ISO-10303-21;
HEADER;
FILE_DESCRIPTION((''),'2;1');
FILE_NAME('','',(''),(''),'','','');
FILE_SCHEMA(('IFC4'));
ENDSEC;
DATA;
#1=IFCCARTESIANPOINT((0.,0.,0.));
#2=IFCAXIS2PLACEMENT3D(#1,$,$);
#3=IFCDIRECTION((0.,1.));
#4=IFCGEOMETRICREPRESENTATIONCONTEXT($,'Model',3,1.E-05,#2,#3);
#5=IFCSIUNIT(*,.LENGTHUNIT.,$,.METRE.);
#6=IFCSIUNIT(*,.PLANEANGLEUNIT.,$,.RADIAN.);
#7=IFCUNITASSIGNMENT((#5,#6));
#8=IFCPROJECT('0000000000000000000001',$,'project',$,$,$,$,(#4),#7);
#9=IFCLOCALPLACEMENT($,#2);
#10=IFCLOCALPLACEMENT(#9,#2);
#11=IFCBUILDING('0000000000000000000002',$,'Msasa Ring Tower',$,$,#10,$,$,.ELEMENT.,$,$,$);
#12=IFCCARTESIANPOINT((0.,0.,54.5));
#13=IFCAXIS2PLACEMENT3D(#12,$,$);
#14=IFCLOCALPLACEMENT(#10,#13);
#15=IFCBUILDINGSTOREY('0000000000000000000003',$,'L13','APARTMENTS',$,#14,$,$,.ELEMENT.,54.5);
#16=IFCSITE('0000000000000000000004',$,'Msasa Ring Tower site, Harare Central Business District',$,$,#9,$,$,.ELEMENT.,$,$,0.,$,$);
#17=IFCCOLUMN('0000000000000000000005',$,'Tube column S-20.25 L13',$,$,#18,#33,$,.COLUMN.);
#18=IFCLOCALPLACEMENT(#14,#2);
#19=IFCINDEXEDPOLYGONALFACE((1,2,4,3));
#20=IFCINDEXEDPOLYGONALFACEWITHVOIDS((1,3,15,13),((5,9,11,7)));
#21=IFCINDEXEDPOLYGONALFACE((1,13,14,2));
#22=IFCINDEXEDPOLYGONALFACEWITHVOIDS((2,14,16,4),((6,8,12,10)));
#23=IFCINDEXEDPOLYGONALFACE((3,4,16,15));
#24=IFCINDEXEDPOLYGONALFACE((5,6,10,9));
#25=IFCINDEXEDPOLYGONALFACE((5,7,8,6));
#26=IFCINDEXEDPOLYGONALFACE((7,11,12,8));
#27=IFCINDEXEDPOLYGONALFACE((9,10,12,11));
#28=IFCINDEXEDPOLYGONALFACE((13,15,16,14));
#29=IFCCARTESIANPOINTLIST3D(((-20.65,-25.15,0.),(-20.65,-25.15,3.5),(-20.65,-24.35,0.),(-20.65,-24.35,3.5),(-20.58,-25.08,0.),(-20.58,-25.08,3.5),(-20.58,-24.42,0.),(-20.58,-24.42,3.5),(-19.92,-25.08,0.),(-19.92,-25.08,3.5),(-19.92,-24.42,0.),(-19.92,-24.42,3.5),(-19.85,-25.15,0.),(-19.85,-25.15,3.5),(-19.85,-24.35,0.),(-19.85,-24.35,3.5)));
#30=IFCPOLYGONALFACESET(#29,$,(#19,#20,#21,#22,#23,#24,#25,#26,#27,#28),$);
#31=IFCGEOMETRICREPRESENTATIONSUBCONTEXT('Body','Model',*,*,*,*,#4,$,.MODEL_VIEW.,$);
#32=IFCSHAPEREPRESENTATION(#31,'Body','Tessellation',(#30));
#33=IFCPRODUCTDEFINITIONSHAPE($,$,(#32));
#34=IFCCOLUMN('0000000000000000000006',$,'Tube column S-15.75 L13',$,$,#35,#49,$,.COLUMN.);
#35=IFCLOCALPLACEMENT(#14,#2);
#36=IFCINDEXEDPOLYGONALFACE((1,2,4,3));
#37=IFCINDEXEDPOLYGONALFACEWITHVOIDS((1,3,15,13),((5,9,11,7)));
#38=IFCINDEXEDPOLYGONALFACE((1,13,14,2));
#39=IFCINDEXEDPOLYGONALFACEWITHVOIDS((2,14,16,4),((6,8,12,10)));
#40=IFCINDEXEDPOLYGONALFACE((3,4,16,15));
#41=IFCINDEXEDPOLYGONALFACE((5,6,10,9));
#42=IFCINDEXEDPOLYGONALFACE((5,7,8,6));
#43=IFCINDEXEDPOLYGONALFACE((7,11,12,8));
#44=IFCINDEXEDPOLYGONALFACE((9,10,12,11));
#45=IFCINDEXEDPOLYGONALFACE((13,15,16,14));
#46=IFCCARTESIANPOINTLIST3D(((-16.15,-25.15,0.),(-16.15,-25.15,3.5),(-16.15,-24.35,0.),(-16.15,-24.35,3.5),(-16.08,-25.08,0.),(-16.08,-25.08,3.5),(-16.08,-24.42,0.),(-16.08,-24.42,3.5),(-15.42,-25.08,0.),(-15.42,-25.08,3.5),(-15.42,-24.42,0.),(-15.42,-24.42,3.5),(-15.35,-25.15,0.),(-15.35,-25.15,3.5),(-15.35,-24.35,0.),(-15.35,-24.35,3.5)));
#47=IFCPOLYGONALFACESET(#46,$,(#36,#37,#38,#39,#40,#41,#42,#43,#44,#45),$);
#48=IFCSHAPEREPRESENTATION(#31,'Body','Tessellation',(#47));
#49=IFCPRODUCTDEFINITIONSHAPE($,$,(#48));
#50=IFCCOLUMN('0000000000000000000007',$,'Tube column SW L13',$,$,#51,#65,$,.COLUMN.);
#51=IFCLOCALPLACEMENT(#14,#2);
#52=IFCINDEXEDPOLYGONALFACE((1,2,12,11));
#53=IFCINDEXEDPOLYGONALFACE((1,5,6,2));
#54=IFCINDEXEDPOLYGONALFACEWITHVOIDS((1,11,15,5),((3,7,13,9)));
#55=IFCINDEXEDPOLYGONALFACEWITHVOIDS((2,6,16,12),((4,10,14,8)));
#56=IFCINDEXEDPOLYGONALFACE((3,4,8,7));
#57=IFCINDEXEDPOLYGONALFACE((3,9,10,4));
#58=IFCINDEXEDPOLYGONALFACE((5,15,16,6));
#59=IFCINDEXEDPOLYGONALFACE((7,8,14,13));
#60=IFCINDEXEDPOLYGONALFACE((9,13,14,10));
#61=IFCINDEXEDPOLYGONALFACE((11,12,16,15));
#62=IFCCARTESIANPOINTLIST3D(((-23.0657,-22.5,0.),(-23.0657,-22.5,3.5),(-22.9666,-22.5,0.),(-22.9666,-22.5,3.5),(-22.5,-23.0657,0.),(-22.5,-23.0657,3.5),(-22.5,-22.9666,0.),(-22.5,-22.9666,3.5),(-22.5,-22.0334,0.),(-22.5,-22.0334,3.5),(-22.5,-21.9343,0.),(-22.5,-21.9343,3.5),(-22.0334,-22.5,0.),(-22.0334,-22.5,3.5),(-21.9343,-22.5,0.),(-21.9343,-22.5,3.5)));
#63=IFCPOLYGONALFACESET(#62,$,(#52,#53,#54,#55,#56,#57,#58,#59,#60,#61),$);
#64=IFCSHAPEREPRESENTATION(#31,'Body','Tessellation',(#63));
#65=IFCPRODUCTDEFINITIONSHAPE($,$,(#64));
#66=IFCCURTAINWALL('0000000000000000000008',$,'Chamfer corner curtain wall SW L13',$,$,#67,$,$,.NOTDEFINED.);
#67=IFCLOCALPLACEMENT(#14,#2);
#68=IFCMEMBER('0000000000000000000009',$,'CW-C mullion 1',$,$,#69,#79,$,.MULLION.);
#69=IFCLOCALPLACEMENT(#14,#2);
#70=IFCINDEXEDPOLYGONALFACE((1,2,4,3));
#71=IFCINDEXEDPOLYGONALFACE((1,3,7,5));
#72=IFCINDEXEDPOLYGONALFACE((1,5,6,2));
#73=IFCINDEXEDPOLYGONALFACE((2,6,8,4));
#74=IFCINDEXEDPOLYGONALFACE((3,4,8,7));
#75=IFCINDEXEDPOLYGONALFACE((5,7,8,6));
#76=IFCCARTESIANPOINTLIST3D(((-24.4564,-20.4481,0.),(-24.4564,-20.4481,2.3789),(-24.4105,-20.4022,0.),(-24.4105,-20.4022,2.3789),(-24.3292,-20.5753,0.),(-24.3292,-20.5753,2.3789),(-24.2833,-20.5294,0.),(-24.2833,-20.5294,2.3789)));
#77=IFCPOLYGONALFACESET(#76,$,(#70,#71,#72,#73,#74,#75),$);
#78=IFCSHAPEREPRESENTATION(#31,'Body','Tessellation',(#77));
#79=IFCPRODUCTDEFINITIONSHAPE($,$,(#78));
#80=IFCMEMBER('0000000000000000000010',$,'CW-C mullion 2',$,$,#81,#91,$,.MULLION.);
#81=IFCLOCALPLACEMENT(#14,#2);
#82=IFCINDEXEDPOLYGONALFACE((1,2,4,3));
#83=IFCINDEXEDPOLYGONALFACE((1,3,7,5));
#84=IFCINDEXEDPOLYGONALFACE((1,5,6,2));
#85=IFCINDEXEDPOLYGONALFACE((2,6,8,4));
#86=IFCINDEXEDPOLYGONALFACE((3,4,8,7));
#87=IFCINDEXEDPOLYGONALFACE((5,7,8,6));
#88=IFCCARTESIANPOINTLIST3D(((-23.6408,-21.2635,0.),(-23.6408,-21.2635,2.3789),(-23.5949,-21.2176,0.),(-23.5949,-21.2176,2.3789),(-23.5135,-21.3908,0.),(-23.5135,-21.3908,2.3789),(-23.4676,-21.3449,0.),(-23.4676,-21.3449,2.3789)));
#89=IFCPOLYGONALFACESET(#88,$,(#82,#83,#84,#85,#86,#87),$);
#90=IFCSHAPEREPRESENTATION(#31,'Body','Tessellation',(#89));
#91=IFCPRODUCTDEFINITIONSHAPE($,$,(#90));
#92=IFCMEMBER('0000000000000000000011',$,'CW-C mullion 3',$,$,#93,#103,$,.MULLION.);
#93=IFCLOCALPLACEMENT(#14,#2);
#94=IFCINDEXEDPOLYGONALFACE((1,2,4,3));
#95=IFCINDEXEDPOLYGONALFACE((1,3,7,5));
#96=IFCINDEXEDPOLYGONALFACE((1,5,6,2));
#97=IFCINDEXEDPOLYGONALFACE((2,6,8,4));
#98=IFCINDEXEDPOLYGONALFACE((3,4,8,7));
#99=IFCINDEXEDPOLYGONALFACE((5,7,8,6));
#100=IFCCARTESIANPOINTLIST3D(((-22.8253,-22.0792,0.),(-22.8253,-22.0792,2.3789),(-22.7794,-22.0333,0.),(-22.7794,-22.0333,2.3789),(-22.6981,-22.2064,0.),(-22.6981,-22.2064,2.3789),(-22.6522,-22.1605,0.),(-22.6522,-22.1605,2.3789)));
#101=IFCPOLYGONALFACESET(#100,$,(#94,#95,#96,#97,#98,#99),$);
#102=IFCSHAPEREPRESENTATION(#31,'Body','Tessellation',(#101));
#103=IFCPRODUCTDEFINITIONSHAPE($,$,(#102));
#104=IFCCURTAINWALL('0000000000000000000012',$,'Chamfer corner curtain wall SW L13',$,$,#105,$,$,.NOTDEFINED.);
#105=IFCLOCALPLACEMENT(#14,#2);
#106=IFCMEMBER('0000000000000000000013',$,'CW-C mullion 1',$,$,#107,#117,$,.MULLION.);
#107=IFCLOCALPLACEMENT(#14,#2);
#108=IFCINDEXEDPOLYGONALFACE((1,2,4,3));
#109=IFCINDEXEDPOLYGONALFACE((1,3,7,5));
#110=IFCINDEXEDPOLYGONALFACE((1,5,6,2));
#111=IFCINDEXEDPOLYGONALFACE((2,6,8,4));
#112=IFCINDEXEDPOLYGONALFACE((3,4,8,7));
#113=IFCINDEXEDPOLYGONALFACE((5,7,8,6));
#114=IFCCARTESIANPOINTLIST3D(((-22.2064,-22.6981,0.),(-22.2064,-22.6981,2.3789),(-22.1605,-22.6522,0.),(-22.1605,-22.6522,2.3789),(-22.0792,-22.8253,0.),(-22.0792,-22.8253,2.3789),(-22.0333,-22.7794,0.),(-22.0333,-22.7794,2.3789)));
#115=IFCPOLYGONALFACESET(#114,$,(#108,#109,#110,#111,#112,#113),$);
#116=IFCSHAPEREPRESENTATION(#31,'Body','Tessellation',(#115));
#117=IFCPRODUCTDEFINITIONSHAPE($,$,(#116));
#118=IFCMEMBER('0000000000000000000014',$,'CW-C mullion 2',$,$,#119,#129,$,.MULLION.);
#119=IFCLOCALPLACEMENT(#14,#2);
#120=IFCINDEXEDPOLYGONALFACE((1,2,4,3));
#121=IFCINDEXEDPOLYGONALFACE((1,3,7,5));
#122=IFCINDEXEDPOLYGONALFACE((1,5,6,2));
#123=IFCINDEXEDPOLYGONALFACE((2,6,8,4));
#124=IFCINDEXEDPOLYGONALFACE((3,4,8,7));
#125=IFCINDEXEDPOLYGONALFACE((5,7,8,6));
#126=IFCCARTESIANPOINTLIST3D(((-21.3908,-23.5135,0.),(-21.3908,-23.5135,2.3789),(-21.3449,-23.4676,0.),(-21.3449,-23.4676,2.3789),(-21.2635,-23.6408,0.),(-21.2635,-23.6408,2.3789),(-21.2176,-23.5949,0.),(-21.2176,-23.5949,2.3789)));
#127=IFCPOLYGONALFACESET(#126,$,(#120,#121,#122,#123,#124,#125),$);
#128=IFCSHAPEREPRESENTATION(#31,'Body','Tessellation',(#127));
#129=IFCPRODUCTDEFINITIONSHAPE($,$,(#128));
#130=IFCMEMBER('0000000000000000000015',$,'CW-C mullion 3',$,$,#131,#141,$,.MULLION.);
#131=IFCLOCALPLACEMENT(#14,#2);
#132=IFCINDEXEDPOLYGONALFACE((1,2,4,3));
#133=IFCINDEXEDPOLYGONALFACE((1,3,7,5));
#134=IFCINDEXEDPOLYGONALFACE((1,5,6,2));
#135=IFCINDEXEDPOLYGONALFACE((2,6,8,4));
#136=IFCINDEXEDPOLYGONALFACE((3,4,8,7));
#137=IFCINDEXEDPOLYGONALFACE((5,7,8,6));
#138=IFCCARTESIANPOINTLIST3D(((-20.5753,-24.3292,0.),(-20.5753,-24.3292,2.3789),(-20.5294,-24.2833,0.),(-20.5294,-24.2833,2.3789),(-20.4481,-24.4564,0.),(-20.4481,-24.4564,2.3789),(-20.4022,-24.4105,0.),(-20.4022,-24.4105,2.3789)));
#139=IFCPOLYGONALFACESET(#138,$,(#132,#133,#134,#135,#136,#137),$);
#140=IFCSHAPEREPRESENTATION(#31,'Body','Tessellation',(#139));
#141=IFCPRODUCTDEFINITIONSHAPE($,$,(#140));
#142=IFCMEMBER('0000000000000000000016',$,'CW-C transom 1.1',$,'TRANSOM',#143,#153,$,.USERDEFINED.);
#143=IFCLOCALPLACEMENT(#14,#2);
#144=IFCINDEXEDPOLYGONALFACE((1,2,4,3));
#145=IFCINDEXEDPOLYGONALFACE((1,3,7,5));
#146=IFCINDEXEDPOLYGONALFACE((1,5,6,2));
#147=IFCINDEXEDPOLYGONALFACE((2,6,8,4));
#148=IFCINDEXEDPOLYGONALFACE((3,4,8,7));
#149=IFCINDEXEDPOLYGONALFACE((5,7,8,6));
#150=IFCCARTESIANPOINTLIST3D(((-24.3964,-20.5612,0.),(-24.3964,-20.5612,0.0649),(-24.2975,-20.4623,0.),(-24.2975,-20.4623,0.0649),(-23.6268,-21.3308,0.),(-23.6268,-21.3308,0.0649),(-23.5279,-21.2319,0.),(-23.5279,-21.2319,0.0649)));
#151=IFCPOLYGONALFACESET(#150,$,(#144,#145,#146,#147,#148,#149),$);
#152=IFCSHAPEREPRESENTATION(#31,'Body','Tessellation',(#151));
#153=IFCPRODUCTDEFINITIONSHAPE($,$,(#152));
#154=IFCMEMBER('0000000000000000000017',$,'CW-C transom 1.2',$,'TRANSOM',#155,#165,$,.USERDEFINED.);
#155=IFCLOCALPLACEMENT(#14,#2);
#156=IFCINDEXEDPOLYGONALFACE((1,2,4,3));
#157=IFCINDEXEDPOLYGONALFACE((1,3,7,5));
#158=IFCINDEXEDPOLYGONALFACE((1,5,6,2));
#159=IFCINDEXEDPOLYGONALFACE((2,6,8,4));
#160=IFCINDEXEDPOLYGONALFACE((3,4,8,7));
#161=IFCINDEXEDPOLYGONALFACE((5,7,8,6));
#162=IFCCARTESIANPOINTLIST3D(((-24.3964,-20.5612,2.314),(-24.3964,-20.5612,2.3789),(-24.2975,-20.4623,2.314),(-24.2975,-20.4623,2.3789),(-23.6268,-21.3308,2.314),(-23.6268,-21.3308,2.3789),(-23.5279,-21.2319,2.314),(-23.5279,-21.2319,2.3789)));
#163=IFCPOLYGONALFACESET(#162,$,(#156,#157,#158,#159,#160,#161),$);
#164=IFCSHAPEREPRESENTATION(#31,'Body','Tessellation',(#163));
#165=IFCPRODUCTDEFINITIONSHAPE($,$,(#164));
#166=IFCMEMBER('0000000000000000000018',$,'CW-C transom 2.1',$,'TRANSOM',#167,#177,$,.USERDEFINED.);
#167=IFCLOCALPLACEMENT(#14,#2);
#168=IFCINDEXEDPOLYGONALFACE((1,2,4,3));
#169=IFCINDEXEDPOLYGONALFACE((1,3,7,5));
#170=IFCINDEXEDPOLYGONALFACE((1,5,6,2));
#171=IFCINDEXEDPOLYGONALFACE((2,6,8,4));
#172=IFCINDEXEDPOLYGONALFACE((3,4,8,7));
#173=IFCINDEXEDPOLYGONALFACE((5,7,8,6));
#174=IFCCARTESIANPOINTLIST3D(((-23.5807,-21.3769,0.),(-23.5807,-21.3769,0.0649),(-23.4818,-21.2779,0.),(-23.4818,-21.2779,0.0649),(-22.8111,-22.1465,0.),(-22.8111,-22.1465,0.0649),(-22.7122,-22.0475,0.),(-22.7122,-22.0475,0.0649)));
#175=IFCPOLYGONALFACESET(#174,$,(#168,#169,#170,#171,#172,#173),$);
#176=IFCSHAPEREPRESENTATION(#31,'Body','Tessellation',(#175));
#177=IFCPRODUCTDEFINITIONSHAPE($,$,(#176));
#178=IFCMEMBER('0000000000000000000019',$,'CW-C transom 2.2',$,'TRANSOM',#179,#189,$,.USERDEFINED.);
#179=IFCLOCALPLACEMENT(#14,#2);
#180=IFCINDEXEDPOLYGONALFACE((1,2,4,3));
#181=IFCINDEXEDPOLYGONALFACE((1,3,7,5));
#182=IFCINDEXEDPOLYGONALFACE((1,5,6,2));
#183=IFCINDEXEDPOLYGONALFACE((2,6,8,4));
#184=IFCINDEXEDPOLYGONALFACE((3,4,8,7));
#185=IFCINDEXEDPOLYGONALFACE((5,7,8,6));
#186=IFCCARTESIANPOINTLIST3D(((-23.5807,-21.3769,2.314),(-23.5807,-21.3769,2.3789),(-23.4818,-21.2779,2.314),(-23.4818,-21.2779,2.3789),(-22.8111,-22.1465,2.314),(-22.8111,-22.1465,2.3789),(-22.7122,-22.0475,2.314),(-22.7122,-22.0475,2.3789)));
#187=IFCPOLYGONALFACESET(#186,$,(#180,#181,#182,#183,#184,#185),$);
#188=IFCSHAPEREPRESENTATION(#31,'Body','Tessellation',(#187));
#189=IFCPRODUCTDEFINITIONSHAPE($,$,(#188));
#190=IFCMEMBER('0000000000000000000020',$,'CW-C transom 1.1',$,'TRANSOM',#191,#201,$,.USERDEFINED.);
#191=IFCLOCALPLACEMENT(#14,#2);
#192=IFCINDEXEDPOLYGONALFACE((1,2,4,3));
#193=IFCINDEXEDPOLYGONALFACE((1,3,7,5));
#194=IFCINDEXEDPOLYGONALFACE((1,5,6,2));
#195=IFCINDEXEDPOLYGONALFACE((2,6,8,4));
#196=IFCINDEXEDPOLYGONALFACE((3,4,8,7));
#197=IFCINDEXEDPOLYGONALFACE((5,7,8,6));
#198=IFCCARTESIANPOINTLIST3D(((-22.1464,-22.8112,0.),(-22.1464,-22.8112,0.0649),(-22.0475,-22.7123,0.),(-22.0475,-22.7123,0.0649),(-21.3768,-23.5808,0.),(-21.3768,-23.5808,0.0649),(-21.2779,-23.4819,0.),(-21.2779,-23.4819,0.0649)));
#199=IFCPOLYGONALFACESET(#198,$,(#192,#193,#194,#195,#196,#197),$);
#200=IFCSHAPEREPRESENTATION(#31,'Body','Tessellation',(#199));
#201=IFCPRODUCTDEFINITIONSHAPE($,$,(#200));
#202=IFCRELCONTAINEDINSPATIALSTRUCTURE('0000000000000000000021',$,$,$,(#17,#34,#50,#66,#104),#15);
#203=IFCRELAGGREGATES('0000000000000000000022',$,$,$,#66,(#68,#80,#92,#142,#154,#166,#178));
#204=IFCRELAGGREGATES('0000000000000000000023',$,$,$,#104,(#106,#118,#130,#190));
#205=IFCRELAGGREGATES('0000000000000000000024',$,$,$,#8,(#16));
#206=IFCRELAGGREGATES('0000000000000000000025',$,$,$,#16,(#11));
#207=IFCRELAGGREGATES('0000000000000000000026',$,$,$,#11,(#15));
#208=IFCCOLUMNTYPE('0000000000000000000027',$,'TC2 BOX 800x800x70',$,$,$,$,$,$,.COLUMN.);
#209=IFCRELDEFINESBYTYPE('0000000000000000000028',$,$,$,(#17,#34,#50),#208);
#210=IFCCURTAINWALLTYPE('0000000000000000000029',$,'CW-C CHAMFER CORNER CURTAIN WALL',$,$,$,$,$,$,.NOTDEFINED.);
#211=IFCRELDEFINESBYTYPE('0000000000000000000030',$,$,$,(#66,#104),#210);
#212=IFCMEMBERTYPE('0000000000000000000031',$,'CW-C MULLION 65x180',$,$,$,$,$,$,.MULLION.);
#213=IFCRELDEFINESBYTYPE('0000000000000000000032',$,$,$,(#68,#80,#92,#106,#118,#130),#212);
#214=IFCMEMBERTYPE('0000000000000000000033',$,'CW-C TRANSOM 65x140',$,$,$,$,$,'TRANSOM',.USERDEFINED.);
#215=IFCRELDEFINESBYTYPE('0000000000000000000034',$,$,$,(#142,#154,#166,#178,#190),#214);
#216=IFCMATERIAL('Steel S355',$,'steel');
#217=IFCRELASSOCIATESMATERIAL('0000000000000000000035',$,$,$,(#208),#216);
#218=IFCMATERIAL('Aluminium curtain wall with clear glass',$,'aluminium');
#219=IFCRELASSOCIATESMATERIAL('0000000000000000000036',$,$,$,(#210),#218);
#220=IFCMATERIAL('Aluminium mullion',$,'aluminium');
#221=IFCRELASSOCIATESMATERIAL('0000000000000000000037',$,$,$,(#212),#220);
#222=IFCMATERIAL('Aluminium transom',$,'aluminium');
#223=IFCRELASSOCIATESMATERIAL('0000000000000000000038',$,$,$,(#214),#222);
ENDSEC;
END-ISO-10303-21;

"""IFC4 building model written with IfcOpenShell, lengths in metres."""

from ifc_helpers import new_model, si_unit, direction, frame, origin, origin_2d, place, context, subcontext, project, spatial, rectangle, hollow_rectangle, extrude, material, material_profile, profile_set, type_object, element, aggregate, save


model = new_model("IFC4")

# Units and contexts
model_context = context("Model", 3, precision=1e-05, world=origin(), true_north=direction((0.0, 1.0)))
body_context = subcontext(model_context, "Body", "Model", "MODEL_VIEW")
ifc_project = project(units=[si_unit("LENGTHUNIT", "METRE"), si_unit("PLANEANGLEUNIT", "RADIAN")], contexts=[model_context])

# Site, building, storey
site_placement = place(None, origin())
site = spatial("IfcSite", under=ifc_project, at=site_placement, Name="Msasa Ring Tower site, Harare Central Business District", CompositionType="ELEMENT", RefElevation=0.0)
building_placement = place(site_placement, origin())
building = spatial("IfcBuilding", under=site, at=building_placement, Name="Msasa Ring Tower", CompositionType="ELEMENT")
storey_placement = place(building_placement, frame((0.0, 0.0, 54.5)))
storey = spatial("IfcBuildingStorey", under=building, at=storey_placement, Name="L13", Description="APARTMENTS", CompositionType="ELEMENT", Elevation=54.5)

# Columns
ifc_material_1 = material(Name="Steel S355", Category="steel")
ifc_material_profile_1 = material_profile(ifc_material_1, hollow_rectangle(XDim=0.8, YDim=0.8, WallThickness=0.0701, at=origin_2d()), Name="BOX 800x800x70")
ifc_profile_set_1 = profile_set([ifc_material_profile_1], Name="Steel S355")
column_type = type_object("IfcColumnType", Name="TC2 BOX 800x800x70", PredefinedType="COLUMN", material=ifc_profile_set_1)
for number, where, z_axis, x_axis, name in (
    (1, (-20.25, -24.75, 0.0), (0.0, 0.0, 1.0), (0.0, 1.0, 0.0), "Tube column S-20.25 L13"),
    (2, (-15.75, -24.75, 0.0), (0.0, 0.0, 1.0), (0.0, 1.0, 0.0), "Tube column S-15.75 L13"),
    (3, (-22.5, -22.5, 0.0), (0.0, 0.0, 1.0), (0.707107, 0.707107, 0.0), "Tube column SW L13"),
):
    element("IfcColumn", number, at=place(storey_placement, frame(where, z_axis=z_axis, x_axis=x_axis)), inside=storey, type_object=column_type, Name=name, PredefinedType="COLUMN", context=body_context, shape_type="SweptSolid", body=[
        extrude(hollow_rectangle(XDim=0.8, YDim=0.8, WallThickness=0.0701, at=origin_2d()), origin(), (0.0, 0.0, 1.0), 3.5),
    ])

# Curtain walls, members
ifc_material_2 = material(Name="Aluminium curtain wall with clear glass", Category="aluminium")
curtain_wall_type = type_object("IfcCurtainWallType", Name="CW-C CHAMFER CORNER CURTAIN WALL", PredefinedType="NOTDEFINED", material=ifc_material_2)
curtain_wall_1_placement = place(storey_placement, origin())
curtain_wall_1 = element("IfcCurtainWall", 4, at=curtain_wall_1_placement, inside=storey, type_object=curtain_wall_type, Name="Chamfer corner curtain wall SW L13", PredefinedType="NOTDEFINED")
ifc_material_3 = material(Name="Aluminium mullion", Category="aluminium")
ifc_material_profile_2 = material_profile(ifc_material_3, rectangle(XDim=0.0649, YDim=0.1799, at=origin_2d()), Name="AL 65x180")
ifc_profile_set_2 = profile_set([ifc_material_profile_2], Name="Aluminium mullion")
member_type_1 = type_object("IfcMemberType", Name="CW-C MULLION 65x180", PredefinedType="MULLION", material=ifc_profile_set_2)
member_1_placement = place(storey_placement, frame((-24.3699, -20.4888, 0.0), z_axis=(0.0, 0.0, 1.0), x_axis=(0.707107, 0.707107, 0.0)))
member_1 = element("IfcMember", 5, at=member_1_placement, type_object=member_type_1, Name="CW-C mullion 1", PredefinedType="MULLION", context=body_context, shape_type="SweptSolid", body=[
    extrude(rectangle(XDim=0.0649, YDim=0.1799, at=origin_2d()), origin(), (0.0, 0.0, 1.0), 2.3789),
])
member_2_placement = place(storey_placement, frame((-23.5542, -21.3042, 0.0), z_axis=(0.0, 0.0, 1.0), x_axis=(0.707107, 0.707107, 0.0)))
member_2 = element("IfcMember", 6, at=member_2_placement, type_object=member_type_1, Name="CW-C mullion 2", PredefinedType="MULLION", context=body_context, shape_type="SweptSolid", body=[
    extrude(rectangle(XDim=0.0649, YDim=0.1799, at=origin_2d()), origin(), (0.0, 0.0, 1.0), 2.3789),
])
member_3_placement = place(storey_placement, frame((-22.7388, -22.1199, 0.0), z_axis=(0.0, 0.0, 1.0), x_axis=(0.707107, 0.707107, 0.0)))
member_3 = element("IfcMember", 7, at=member_3_placement, type_object=member_type_1, Name="CW-C mullion 3", PredefinedType="MULLION", context=body_context, shape_type="SweptSolid", body=[
    extrude(rectangle(XDim=0.0649, YDim=0.1799, at=origin_2d()), origin(), (0.0, 0.0, 1.0), 2.3789),
])
curtain_wall_2_placement = place(storey_placement, origin())
curtain_wall_2 = element("IfcCurtainWall", 8, at=curtain_wall_2_placement, inside=storey, type_object=curtain_wall_type, Name="Chamfer corner curtain wall SW L13", PredefinedType="NOTDEFINED")
member_4_placement = place(storey_placement, frame((-22.1199, -22.7388, 0.0), z_axis=(0.0, 0.0, 1.0), x_axis=(0.707107, 0.707107, 0.0)))
member_4 = element("IfcMember", 9, at=member_4_placement, type_object=member_type_1, Name="CW-C mullion 1", PredefinedType="MULLION", context=body_context, shape_type="SweptSolid", body=[
    extrude(rectangle(XDim=0.0649, YDim=0.1799, at=origin_2d()), origin(), (0.0, 0.0, 1.0), 2.3789),
])
member_5_placement = place(storey_placement, frame((-21.3042, -23.5542, 0.0), z_axis=(0.0, 0.0, 1.0), x_axis=(0.707107, 0.707107, 0.0)))
member_5 = element("IfcMember", 10, at=member_5_placement, type_object=member_type_1, Name="CW-C mullion 2", PredefinedType="MULLION", context=body_context, shape_type="SweptSolid", body=[
    extrude(rectangle(XDim=0.0649, YDim=0.1799, at=origin_2d()), origin(), (0.0, 0.0, 1.0), 2.3789),
])
member_6_placement = place(storey_placement, frame((-20.4888, -24.3699, 0.0), z_axis=(0.0, 0.0, 1.0), x_axis=(0.707107, 0.707107, 0.0)))
member_6 = element("IfcMember", 11, at=member_6_placement, type_object=member_type_1, Name="CW-C mullion 3", PredefinedType="MULLION", context=body_context, shape_type="SweptSolid", body=[
    extrude(rectangle(XDim=0.0649, YDim=0.1799, at=origin_2d()), origin(), (0.0, 0.0, 1.0), 2.3789),
])

# Members
ifc_material_4 = material(Name="Aluminium transom", Category="aluminium")
ifc_material_profile_3 = material_profile(ifc_material_4, rectangle(XDim=0.1399, YDim=0.0649, at=origin_2d()), Name="AL 65x140")
ifc_profile_set_3 = profile_set([ifc_material_profile_3], Name="Aluminium transom")
member_type_2 = type_object("IfcMemberType", Name="CW-C TRANSOM 65x140", ElementType="TRANSOM", PredefinedType="USERDEFINED", material=ifc_profile_set_3)
member_7_placement = place(storey_placement, frame((-24.3469, -20.5117, 0.0325), z_axis=(0.707107, -0.707107, 0.0), x_axis=(0.707107, 0.707107, 0.0)))
member_7 = element("IfcMember", 12, at=member_7_placement, type_object=member_type_2, Name="CW-C transom 1.1", ObjectType="TRANSOM", PredefinedType="USERDEFINED", context=body_context, shape_type="SweptSolid", body=[
    extrude(rectangle(XDim=0.1399, YDim=0.0649, at=origin_2d()), origin(), (0.0, 0.0, 1.0), 1.0884),
])
member_8_placement = place(storey_placement, frame((-24.3469, -20.5117, 2.3464), z_axis=(0.707107, -0.707107, 0.0), x_axis=(0.707107, 0.707107, 0.0)))
member_8 = element("IfcMember", 13, at=member_8_placement, type_object=member_type_2, Name="CW-C transom 1.2", ObjectType="TRANSOM", PredefinedType="USERDEFINED", context=body_context, shape_type="SweptSolid", body=[
    extrude(rectangle(XDim=0.1399, YDim=0.0649, at=origin_2d()), origin(), (0.0, 0.0, 1.0), 1.0884),
])
member_9_placement = place(storey_placement, frame((-23.5312, -21.3274, 0.0325), z_axis=(0.707107, -0.707107, 0.0), x_axis=(0.707107, 0.707107, 0.0)))
member_9 = element("IfcMember", 14, at=member_9_placement, type_object=member_type_2, Name="CW-C transom 2.1", ObjectType="TRANSOM", PredefinedType="USERDEFINED", context=body_context, shape_type="SweptSolid", body=[
    extrude(rectangle(XDim=0.1399, YDim=0.0649, at=origin_2d()), origin(), (0.0, 0.0, 1.0), 1.0884),
])
member_10_placement = place(storey_placement, frame((-23.5312, -21.3274, 2.3464), z_axis=(0.707107, -0.707107, 0.0), x_axis=(0.707107, 0.707107, 0.0)))
member_10 = element("IfcMember", 15, at=member_10_placement, type_object=member_type_2, Name="CW-C transom 2.2", ObjectType="TRANSOM", PredefinedType="USERDEFINED", context=body_context, shape_type="SweptSolid", body=[
    extrude(rectangle(XDim=0.1399, YDim=0.0649, at=origin_2d()), origin(), (0.0, 0.0, 1.0), 1.0884),
])
member_11_placement = place(storey_placement, frame((-22.0969, -22.7617, 0.0325), z_axis=(0.707107, -0.707107, 0.0), x_axis=(0.707107, 0.707107, 0.0)))
member_11 = element("IfcMember", 16, at=member_11_placement, type_object=member_type_2, Name="CW-C transom 1.1", ObjectType="TRANSOM", PredefinedType="USERDEFINED", context=body_context, shape_type="SweptSolid", body=[
    extrude(rectangle(XDim=0.1399, YDim=0.0649, at=origin_2d()), origin(), (0.0, 0.0, 1.0), 1.0884),
])

aggregate(curtain_wall_1, [member_1, member_2, member_3, member_7, member_8, member_9, member_10])
aggregate(curtain_wall_2, [member_4, member_5, member_6, member_11])

save(model, "model.ifc")
